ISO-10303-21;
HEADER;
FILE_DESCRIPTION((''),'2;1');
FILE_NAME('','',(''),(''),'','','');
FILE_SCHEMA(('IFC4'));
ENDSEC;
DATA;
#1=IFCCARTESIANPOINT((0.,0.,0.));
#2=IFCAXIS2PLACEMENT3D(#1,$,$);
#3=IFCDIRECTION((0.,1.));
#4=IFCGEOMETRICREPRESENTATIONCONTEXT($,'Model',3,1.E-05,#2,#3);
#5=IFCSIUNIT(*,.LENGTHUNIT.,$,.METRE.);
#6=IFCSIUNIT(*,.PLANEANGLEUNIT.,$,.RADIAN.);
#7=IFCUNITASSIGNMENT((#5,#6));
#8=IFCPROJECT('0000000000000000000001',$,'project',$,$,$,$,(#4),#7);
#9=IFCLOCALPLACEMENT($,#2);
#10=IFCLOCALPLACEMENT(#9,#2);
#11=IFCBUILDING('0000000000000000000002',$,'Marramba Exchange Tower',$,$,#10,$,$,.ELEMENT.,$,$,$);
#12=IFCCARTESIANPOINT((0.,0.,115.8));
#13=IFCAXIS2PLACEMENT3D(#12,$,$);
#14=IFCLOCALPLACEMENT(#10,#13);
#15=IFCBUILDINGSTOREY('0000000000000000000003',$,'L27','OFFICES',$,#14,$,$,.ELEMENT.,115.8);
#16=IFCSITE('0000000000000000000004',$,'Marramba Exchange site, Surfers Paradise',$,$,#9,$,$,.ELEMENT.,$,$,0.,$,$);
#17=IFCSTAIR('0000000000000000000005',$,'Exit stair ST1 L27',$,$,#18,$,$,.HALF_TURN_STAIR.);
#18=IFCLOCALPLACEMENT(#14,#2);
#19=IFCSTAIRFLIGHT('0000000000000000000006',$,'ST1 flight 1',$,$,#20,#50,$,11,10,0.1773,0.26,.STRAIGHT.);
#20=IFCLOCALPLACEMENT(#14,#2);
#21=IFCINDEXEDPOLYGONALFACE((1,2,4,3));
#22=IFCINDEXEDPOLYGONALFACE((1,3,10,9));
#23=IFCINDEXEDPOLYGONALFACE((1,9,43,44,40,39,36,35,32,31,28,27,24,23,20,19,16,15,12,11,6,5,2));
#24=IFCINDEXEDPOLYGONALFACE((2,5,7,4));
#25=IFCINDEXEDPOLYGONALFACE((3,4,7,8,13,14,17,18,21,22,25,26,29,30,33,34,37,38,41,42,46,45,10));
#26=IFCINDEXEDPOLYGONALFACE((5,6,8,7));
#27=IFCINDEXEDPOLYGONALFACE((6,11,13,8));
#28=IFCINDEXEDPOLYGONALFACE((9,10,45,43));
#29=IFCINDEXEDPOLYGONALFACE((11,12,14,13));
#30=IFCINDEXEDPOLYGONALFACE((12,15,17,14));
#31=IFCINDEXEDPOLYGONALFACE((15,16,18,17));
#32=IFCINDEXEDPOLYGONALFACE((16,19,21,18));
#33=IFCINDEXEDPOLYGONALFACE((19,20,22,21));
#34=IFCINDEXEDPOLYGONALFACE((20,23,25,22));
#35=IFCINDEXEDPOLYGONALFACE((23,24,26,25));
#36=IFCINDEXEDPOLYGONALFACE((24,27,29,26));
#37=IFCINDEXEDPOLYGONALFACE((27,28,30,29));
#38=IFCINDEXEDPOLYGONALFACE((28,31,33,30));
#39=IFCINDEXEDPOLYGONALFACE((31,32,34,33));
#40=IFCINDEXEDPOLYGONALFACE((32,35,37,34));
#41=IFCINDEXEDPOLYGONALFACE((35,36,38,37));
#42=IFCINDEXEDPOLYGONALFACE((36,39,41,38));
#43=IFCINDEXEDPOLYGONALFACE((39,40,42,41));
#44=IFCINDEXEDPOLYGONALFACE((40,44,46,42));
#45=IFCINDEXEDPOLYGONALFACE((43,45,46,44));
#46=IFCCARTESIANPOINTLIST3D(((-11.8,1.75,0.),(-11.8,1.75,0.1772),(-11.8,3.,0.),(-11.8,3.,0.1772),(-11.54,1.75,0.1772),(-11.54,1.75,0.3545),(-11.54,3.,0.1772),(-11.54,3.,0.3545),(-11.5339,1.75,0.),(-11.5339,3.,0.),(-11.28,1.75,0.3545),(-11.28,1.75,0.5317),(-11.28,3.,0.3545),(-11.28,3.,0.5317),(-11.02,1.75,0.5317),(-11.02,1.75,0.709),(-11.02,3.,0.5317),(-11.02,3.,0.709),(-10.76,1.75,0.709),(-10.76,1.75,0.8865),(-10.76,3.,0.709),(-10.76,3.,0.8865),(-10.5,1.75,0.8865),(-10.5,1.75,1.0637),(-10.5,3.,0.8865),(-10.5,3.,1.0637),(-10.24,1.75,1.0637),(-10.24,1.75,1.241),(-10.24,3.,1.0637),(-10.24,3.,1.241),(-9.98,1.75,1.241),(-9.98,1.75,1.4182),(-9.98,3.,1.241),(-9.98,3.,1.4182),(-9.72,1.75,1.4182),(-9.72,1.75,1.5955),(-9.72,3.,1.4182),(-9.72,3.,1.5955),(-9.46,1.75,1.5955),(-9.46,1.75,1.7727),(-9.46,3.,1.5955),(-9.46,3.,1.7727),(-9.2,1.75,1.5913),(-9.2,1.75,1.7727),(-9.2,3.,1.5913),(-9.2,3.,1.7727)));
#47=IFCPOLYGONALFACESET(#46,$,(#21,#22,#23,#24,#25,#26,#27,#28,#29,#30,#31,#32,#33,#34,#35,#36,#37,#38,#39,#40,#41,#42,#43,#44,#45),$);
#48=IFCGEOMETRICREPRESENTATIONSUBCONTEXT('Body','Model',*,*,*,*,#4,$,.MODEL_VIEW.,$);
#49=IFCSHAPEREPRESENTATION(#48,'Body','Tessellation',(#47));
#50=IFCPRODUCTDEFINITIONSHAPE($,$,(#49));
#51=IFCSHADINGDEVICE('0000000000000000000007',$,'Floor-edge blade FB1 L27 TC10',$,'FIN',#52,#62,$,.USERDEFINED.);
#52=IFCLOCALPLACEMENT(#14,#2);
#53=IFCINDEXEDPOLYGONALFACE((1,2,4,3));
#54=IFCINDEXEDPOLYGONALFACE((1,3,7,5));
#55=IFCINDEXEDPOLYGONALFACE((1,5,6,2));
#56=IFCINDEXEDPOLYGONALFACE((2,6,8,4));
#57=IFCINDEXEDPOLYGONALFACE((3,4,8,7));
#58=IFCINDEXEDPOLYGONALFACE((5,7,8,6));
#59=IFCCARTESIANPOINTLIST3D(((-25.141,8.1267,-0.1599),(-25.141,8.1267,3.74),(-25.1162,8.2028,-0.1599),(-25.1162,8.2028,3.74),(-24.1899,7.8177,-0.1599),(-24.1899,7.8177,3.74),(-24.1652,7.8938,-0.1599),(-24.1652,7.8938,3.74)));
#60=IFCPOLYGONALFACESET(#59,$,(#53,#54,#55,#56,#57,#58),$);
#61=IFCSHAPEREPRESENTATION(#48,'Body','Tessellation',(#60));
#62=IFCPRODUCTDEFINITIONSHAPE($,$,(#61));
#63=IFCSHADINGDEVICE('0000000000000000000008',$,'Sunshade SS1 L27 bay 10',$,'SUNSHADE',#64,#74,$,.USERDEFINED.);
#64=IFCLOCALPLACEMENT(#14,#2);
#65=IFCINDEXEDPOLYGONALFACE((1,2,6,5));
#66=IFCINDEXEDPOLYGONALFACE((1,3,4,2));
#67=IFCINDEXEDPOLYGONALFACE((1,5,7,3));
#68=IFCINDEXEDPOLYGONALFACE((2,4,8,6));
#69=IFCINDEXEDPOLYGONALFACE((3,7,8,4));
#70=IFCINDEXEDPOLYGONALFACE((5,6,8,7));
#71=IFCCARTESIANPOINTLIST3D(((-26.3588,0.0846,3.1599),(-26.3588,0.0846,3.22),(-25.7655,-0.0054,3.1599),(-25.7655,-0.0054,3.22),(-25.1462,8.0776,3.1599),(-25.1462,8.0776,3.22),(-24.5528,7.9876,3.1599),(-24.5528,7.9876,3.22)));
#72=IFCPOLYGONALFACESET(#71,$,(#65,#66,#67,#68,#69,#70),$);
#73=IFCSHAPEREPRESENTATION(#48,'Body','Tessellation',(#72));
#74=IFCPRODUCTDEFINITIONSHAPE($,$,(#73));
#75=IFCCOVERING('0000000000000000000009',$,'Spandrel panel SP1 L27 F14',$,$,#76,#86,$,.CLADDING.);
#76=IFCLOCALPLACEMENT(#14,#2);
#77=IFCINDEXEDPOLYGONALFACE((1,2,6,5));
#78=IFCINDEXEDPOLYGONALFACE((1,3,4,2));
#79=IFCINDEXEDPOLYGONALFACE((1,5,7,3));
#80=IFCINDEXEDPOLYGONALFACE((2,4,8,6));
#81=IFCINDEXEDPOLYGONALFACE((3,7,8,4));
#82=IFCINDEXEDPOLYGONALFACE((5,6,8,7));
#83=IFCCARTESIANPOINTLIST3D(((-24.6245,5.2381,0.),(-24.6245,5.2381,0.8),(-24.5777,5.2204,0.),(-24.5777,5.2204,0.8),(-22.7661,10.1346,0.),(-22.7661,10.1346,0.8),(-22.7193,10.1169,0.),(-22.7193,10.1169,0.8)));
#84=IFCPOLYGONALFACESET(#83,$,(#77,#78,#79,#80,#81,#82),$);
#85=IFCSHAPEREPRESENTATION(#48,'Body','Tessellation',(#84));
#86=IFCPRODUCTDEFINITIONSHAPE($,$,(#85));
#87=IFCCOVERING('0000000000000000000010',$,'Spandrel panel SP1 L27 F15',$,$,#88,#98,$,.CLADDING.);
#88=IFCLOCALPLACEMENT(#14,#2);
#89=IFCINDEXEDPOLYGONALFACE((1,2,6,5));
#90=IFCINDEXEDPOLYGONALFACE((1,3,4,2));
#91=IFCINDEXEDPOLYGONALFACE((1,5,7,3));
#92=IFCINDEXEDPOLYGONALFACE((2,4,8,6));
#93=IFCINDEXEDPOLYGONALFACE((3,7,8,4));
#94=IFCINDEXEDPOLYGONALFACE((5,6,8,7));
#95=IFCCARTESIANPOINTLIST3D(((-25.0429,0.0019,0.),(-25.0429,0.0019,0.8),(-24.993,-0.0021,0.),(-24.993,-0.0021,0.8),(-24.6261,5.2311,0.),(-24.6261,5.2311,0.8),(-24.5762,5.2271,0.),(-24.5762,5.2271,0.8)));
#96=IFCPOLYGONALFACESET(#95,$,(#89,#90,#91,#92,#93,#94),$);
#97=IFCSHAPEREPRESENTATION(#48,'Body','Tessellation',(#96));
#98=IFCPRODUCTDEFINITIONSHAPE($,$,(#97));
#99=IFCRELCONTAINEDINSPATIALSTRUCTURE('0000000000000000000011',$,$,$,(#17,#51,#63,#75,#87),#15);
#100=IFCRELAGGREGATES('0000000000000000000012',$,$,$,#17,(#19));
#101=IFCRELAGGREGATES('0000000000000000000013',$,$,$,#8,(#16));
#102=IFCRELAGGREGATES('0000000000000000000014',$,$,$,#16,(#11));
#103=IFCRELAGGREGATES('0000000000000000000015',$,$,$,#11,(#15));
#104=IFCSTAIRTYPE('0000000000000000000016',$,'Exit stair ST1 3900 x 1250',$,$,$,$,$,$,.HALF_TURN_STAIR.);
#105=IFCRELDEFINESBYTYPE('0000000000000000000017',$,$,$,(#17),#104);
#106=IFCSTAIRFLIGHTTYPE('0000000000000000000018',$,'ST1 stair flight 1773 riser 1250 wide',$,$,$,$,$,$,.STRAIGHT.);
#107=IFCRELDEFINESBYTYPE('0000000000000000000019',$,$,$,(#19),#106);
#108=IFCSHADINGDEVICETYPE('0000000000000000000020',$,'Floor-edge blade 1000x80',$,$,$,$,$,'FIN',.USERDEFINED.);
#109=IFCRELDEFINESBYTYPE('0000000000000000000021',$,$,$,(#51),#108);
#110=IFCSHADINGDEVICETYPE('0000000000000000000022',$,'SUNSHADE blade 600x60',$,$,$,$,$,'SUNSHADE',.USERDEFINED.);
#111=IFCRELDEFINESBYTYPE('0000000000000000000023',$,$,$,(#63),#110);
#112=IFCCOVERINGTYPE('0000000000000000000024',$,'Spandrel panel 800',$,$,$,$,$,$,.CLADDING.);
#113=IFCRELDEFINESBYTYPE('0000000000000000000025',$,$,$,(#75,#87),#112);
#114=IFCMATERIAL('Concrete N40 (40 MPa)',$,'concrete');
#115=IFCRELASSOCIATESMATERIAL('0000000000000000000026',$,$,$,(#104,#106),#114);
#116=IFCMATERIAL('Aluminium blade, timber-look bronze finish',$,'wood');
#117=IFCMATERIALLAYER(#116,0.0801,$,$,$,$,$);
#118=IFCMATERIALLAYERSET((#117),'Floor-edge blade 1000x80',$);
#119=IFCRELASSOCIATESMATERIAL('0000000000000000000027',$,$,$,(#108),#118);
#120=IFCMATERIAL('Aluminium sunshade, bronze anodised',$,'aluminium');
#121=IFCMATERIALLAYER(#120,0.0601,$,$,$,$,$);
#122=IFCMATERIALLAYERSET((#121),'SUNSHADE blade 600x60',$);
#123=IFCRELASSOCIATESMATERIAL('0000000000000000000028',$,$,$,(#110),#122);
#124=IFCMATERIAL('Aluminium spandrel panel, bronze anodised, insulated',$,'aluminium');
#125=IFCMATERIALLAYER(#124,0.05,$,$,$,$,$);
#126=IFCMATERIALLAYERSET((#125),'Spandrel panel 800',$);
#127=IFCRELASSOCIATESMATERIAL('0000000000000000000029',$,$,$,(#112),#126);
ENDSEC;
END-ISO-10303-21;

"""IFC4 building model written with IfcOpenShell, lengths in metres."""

from ifc_helpers import new_model, si_unit, direction, frame, origin, origin_2d, place, context, subcontext, project, spatial, polyline, rectangle, outline, extrude, material, layer, layer_set, type_object, element, aggregate, save


model = new_model("IFC4")

# Units and contexts
model_context = context("Model", 3, precision=1e-05, world=origin(), true_north=direction((0.0, 1.0)))
body_context = subcontext(model_context, "Body", "Model", "MODEL_VIEW")
ifc_project = project(units=[si_unit("LENGTHUNIT", "METRE"), si_unit("PLANEANGLEUNIT", "RADIAN")], contexts=[model_context])

# Site, building, storey
site_placement = place(None, origin())
site = spatial("IfcSite", under=ifc_project, at=site_placement, Name="Marramba Exchange site, Surfers Paradise", CompositionType="ELEMENT", RefElevation=0.0)
building_placement = place(site_placement, origin())
building = spatial("IfcBuilding", under=site, at=building_placement, Name="Marramba Exchange Tower", CompositionType="ELEMENT")
storey_placement = place(building_placement, frame((0.0, 0.0, 115.8)))
storey = spatial("IfcBuildingStorey", under=building, at=storey_placement, Name="L27", Description="OFFICES", CompositionType="ELEMENT", Elevation=115.8)

# Stair, stair flight
ifc_material_1 = material(Name="Concrete N40 (40 MPa)", Category="concrete")
stair_type = type_object("IfcStairType", Name="Exit stair ST1 3900 x 1250", PredefinedType="HALF_TURN_STAIR", material=ifc_material_1)
stair_placement = place(storey_placement, origin())
stair = element("IfcStair", 1, at=stair_placement, inside=storey, type_object=stair_type, Name="Exit stair ST1 L27", PredefinedType="HALF_TURN_STAIR")
stair_flight_type = type_object("IfcStairFlightType", Name="ST1 stair flight 1773 riser 1250 wide", PredefinedType="STRAIGHT", material=ifc_material_1)
stair_flight_placement = place(storey_placement, frame((-11.8, 2.375, 0.0), z_axis=(0.0, 0.0, 1.0), x_axis=(1.0, 0.0, 0.0)))
stair_flight = element("IfcStairFlight", 2, at=stair_flight_placement, type_object=stair_flight_type, Name="ST1 flight 1", NumberOfRisers=11, NumberOfTreads=10, PredefinedType="STRAIGHT", RiserHeight=0.1773, TreadLength=0.26, context=body_context, shape_type="SweptSolid", body=[
    extrude(outline(polyline([(0.0, 0.0), (0.0, 0.1772), (0.26, 0.1772), (0.26, 0.3545), (0.52, 0.3545), (0.52, 0.5317), (0.78, 0.5317), (0.78, 0.709), (1.04, 0.709), (1.04, 0.8865), (1.3, 0.8865), (1.3, 1.0637), (1.5601, 1.0637), (1.5601, 1.241), (1.8201, 1.241), (1.8201, 1.4182), (2.0801, 1.4182), (2.0801, 1.5955), (2.3401, 1.5955), (2.3401, 1.7727), (2.6001, 1.7727), (2.6001, 1.95), (2.6001, 1.5913), (0.2661, 0.0), (0.0, 0.0)])), frame((0.0, 0.625, 0.0), z_axis=(0.0, -1.0, 0.0), x_axis=(1.0, 0.0, 0.0)), (0.0, 0.0, 1.0), 1.25),
])
aggregate(stair, [stair_flight])

# Shading devices
ifc_material_2 = material(Name="Aluminium blade, timber-look bronze finish", Category="wood")
ifc_layer_1 = layer(ifc_material_2, 0.0801)
ifc_layer_set_1 = layer_set([ifc_layer_1], Name="Floor-edge blade 1000x80")
shading_device_type_1 = type_object("IfcShadingDeviceType", Name="Floor-edge blade 1000x80", ElementType="FIN", PredefinedType="USERDEFINED", material=ifc_layer_set_1)
shading_device_1_placement = place(storey_placement, frame((-24.6531, 8.0103, -0.1599), z_axis=(0.0, 0.0, 1.0), x_axis=(-0.951057, 0.309017, 0.0)))
element("IfcShadingDevice", 3, at=shading_device_1_placement, inside=storey, type_object=shading_device_type_1, Name="Floor-edge blade FB1 L27 TC10", ObjectType="FIN", PredefinedType="USERDEFINED", context=body_context, shape_type="SweptSolid", body=[
    extrude(rectangle(XDim=1.0, YDim=0.0801, at=origin_2d()), origin(), (0.0, 0.0, 1.0), 3.8999),
])
ifc_material_3 = material(Name="Aluminium sunshade, bronze anodised", Category="aluminium")
ifc_layer_2 = layer(ifc_material_3, 0.0601)
ifc_layer_set_2 = layer_set([ifc_layer_2], Name="SUNSHADE blade 600x60")
shading_device_type_2 = type_object("IfcShadingDeviceType", Name="SUNSHADE blade 600x60", ElementType="SUNSHADE", PredefinedType="USERDEFINED", material=ifc_layer_set_2)
shading_device_2_placement = place(storey_placement, frame((-25.4558, 4.0361, 3.1599), z_axis=(0.0, 0.0, 1.0), x_axis=(-0.149993, -0.988687, 0.0)))
element("IfcShadingDevice", 4, at=shading_device_2_placement, inside=storey, type_object=shading_device_type_2, Name="Sunshade SS1 L27 bay 10", ObjectType="SUNSHADE", PredefinedType="USERDEFINED", context=body_context, shape_type="SweptSolid", body=[
    extrude(rectangle(XDim=8.0845, YDim=0.6001, at=origin_2d()), origin(), (0.0, 0.0, 1.0), 0.0601),
])

# Coverings
ifc_material_4 = material(Name="Aluminium spandrel panel, bronze anodised, insulated", Category="aluminium")
ifc_layer_3 = layer(ifc_material_4, 0.05)
ifc_layer_set_3 = layer_set([ifc_layer_3], Name="Spandrel panel 800")
covering_type = type_object("IfcCoveringType", Name="Spandrel panel 800", PredefinedType="CLADDING", material=ifc_layer_set_3)
covering_1_placement = place(storey_placement, frame((-23.6719, 7.6775, 0.0), z_axis=(0.0, 0.0, 1.0), x_axis=(-0.354844, -0.934925, 0.0)))
element("IfcCovering", 5, at=covering_1_placement, inside=storey, type_object=covering_type, Name="Spandrel panel SP1 L27 F14", PredefinedType="CLADDING", context=body_context, shape_type="SweptSolid", body=[
    extrude(rectangle(XDim=5.2373, YDim=0.05, at=origin_2d()), origin(), (0.0, 0.0, 1.0), 0.8),
])
covering_2_placement = place(storey_placement, frame((-24.8096, 2.6145, 0.0), z_axis=(0.0, 0.0, 1.0), x_axis=(-0.07946, -0.996838, 0.0)))
element("IfcCovering", 6, at=covering_2_placement, inside=storey, type_object=covering_type, Name="Spandrel panel SP1 L27 F15", PredefinedType="CLADDING", context=body_context, shape_type="SweptSolid", body=[
    extrude(rectangle(XDim=5.2458, YDim=0.05, at=origin_2d()), origin(), (0.0, 0.0, 1.0), 0.8),
])

save(model, "model.ifc")
